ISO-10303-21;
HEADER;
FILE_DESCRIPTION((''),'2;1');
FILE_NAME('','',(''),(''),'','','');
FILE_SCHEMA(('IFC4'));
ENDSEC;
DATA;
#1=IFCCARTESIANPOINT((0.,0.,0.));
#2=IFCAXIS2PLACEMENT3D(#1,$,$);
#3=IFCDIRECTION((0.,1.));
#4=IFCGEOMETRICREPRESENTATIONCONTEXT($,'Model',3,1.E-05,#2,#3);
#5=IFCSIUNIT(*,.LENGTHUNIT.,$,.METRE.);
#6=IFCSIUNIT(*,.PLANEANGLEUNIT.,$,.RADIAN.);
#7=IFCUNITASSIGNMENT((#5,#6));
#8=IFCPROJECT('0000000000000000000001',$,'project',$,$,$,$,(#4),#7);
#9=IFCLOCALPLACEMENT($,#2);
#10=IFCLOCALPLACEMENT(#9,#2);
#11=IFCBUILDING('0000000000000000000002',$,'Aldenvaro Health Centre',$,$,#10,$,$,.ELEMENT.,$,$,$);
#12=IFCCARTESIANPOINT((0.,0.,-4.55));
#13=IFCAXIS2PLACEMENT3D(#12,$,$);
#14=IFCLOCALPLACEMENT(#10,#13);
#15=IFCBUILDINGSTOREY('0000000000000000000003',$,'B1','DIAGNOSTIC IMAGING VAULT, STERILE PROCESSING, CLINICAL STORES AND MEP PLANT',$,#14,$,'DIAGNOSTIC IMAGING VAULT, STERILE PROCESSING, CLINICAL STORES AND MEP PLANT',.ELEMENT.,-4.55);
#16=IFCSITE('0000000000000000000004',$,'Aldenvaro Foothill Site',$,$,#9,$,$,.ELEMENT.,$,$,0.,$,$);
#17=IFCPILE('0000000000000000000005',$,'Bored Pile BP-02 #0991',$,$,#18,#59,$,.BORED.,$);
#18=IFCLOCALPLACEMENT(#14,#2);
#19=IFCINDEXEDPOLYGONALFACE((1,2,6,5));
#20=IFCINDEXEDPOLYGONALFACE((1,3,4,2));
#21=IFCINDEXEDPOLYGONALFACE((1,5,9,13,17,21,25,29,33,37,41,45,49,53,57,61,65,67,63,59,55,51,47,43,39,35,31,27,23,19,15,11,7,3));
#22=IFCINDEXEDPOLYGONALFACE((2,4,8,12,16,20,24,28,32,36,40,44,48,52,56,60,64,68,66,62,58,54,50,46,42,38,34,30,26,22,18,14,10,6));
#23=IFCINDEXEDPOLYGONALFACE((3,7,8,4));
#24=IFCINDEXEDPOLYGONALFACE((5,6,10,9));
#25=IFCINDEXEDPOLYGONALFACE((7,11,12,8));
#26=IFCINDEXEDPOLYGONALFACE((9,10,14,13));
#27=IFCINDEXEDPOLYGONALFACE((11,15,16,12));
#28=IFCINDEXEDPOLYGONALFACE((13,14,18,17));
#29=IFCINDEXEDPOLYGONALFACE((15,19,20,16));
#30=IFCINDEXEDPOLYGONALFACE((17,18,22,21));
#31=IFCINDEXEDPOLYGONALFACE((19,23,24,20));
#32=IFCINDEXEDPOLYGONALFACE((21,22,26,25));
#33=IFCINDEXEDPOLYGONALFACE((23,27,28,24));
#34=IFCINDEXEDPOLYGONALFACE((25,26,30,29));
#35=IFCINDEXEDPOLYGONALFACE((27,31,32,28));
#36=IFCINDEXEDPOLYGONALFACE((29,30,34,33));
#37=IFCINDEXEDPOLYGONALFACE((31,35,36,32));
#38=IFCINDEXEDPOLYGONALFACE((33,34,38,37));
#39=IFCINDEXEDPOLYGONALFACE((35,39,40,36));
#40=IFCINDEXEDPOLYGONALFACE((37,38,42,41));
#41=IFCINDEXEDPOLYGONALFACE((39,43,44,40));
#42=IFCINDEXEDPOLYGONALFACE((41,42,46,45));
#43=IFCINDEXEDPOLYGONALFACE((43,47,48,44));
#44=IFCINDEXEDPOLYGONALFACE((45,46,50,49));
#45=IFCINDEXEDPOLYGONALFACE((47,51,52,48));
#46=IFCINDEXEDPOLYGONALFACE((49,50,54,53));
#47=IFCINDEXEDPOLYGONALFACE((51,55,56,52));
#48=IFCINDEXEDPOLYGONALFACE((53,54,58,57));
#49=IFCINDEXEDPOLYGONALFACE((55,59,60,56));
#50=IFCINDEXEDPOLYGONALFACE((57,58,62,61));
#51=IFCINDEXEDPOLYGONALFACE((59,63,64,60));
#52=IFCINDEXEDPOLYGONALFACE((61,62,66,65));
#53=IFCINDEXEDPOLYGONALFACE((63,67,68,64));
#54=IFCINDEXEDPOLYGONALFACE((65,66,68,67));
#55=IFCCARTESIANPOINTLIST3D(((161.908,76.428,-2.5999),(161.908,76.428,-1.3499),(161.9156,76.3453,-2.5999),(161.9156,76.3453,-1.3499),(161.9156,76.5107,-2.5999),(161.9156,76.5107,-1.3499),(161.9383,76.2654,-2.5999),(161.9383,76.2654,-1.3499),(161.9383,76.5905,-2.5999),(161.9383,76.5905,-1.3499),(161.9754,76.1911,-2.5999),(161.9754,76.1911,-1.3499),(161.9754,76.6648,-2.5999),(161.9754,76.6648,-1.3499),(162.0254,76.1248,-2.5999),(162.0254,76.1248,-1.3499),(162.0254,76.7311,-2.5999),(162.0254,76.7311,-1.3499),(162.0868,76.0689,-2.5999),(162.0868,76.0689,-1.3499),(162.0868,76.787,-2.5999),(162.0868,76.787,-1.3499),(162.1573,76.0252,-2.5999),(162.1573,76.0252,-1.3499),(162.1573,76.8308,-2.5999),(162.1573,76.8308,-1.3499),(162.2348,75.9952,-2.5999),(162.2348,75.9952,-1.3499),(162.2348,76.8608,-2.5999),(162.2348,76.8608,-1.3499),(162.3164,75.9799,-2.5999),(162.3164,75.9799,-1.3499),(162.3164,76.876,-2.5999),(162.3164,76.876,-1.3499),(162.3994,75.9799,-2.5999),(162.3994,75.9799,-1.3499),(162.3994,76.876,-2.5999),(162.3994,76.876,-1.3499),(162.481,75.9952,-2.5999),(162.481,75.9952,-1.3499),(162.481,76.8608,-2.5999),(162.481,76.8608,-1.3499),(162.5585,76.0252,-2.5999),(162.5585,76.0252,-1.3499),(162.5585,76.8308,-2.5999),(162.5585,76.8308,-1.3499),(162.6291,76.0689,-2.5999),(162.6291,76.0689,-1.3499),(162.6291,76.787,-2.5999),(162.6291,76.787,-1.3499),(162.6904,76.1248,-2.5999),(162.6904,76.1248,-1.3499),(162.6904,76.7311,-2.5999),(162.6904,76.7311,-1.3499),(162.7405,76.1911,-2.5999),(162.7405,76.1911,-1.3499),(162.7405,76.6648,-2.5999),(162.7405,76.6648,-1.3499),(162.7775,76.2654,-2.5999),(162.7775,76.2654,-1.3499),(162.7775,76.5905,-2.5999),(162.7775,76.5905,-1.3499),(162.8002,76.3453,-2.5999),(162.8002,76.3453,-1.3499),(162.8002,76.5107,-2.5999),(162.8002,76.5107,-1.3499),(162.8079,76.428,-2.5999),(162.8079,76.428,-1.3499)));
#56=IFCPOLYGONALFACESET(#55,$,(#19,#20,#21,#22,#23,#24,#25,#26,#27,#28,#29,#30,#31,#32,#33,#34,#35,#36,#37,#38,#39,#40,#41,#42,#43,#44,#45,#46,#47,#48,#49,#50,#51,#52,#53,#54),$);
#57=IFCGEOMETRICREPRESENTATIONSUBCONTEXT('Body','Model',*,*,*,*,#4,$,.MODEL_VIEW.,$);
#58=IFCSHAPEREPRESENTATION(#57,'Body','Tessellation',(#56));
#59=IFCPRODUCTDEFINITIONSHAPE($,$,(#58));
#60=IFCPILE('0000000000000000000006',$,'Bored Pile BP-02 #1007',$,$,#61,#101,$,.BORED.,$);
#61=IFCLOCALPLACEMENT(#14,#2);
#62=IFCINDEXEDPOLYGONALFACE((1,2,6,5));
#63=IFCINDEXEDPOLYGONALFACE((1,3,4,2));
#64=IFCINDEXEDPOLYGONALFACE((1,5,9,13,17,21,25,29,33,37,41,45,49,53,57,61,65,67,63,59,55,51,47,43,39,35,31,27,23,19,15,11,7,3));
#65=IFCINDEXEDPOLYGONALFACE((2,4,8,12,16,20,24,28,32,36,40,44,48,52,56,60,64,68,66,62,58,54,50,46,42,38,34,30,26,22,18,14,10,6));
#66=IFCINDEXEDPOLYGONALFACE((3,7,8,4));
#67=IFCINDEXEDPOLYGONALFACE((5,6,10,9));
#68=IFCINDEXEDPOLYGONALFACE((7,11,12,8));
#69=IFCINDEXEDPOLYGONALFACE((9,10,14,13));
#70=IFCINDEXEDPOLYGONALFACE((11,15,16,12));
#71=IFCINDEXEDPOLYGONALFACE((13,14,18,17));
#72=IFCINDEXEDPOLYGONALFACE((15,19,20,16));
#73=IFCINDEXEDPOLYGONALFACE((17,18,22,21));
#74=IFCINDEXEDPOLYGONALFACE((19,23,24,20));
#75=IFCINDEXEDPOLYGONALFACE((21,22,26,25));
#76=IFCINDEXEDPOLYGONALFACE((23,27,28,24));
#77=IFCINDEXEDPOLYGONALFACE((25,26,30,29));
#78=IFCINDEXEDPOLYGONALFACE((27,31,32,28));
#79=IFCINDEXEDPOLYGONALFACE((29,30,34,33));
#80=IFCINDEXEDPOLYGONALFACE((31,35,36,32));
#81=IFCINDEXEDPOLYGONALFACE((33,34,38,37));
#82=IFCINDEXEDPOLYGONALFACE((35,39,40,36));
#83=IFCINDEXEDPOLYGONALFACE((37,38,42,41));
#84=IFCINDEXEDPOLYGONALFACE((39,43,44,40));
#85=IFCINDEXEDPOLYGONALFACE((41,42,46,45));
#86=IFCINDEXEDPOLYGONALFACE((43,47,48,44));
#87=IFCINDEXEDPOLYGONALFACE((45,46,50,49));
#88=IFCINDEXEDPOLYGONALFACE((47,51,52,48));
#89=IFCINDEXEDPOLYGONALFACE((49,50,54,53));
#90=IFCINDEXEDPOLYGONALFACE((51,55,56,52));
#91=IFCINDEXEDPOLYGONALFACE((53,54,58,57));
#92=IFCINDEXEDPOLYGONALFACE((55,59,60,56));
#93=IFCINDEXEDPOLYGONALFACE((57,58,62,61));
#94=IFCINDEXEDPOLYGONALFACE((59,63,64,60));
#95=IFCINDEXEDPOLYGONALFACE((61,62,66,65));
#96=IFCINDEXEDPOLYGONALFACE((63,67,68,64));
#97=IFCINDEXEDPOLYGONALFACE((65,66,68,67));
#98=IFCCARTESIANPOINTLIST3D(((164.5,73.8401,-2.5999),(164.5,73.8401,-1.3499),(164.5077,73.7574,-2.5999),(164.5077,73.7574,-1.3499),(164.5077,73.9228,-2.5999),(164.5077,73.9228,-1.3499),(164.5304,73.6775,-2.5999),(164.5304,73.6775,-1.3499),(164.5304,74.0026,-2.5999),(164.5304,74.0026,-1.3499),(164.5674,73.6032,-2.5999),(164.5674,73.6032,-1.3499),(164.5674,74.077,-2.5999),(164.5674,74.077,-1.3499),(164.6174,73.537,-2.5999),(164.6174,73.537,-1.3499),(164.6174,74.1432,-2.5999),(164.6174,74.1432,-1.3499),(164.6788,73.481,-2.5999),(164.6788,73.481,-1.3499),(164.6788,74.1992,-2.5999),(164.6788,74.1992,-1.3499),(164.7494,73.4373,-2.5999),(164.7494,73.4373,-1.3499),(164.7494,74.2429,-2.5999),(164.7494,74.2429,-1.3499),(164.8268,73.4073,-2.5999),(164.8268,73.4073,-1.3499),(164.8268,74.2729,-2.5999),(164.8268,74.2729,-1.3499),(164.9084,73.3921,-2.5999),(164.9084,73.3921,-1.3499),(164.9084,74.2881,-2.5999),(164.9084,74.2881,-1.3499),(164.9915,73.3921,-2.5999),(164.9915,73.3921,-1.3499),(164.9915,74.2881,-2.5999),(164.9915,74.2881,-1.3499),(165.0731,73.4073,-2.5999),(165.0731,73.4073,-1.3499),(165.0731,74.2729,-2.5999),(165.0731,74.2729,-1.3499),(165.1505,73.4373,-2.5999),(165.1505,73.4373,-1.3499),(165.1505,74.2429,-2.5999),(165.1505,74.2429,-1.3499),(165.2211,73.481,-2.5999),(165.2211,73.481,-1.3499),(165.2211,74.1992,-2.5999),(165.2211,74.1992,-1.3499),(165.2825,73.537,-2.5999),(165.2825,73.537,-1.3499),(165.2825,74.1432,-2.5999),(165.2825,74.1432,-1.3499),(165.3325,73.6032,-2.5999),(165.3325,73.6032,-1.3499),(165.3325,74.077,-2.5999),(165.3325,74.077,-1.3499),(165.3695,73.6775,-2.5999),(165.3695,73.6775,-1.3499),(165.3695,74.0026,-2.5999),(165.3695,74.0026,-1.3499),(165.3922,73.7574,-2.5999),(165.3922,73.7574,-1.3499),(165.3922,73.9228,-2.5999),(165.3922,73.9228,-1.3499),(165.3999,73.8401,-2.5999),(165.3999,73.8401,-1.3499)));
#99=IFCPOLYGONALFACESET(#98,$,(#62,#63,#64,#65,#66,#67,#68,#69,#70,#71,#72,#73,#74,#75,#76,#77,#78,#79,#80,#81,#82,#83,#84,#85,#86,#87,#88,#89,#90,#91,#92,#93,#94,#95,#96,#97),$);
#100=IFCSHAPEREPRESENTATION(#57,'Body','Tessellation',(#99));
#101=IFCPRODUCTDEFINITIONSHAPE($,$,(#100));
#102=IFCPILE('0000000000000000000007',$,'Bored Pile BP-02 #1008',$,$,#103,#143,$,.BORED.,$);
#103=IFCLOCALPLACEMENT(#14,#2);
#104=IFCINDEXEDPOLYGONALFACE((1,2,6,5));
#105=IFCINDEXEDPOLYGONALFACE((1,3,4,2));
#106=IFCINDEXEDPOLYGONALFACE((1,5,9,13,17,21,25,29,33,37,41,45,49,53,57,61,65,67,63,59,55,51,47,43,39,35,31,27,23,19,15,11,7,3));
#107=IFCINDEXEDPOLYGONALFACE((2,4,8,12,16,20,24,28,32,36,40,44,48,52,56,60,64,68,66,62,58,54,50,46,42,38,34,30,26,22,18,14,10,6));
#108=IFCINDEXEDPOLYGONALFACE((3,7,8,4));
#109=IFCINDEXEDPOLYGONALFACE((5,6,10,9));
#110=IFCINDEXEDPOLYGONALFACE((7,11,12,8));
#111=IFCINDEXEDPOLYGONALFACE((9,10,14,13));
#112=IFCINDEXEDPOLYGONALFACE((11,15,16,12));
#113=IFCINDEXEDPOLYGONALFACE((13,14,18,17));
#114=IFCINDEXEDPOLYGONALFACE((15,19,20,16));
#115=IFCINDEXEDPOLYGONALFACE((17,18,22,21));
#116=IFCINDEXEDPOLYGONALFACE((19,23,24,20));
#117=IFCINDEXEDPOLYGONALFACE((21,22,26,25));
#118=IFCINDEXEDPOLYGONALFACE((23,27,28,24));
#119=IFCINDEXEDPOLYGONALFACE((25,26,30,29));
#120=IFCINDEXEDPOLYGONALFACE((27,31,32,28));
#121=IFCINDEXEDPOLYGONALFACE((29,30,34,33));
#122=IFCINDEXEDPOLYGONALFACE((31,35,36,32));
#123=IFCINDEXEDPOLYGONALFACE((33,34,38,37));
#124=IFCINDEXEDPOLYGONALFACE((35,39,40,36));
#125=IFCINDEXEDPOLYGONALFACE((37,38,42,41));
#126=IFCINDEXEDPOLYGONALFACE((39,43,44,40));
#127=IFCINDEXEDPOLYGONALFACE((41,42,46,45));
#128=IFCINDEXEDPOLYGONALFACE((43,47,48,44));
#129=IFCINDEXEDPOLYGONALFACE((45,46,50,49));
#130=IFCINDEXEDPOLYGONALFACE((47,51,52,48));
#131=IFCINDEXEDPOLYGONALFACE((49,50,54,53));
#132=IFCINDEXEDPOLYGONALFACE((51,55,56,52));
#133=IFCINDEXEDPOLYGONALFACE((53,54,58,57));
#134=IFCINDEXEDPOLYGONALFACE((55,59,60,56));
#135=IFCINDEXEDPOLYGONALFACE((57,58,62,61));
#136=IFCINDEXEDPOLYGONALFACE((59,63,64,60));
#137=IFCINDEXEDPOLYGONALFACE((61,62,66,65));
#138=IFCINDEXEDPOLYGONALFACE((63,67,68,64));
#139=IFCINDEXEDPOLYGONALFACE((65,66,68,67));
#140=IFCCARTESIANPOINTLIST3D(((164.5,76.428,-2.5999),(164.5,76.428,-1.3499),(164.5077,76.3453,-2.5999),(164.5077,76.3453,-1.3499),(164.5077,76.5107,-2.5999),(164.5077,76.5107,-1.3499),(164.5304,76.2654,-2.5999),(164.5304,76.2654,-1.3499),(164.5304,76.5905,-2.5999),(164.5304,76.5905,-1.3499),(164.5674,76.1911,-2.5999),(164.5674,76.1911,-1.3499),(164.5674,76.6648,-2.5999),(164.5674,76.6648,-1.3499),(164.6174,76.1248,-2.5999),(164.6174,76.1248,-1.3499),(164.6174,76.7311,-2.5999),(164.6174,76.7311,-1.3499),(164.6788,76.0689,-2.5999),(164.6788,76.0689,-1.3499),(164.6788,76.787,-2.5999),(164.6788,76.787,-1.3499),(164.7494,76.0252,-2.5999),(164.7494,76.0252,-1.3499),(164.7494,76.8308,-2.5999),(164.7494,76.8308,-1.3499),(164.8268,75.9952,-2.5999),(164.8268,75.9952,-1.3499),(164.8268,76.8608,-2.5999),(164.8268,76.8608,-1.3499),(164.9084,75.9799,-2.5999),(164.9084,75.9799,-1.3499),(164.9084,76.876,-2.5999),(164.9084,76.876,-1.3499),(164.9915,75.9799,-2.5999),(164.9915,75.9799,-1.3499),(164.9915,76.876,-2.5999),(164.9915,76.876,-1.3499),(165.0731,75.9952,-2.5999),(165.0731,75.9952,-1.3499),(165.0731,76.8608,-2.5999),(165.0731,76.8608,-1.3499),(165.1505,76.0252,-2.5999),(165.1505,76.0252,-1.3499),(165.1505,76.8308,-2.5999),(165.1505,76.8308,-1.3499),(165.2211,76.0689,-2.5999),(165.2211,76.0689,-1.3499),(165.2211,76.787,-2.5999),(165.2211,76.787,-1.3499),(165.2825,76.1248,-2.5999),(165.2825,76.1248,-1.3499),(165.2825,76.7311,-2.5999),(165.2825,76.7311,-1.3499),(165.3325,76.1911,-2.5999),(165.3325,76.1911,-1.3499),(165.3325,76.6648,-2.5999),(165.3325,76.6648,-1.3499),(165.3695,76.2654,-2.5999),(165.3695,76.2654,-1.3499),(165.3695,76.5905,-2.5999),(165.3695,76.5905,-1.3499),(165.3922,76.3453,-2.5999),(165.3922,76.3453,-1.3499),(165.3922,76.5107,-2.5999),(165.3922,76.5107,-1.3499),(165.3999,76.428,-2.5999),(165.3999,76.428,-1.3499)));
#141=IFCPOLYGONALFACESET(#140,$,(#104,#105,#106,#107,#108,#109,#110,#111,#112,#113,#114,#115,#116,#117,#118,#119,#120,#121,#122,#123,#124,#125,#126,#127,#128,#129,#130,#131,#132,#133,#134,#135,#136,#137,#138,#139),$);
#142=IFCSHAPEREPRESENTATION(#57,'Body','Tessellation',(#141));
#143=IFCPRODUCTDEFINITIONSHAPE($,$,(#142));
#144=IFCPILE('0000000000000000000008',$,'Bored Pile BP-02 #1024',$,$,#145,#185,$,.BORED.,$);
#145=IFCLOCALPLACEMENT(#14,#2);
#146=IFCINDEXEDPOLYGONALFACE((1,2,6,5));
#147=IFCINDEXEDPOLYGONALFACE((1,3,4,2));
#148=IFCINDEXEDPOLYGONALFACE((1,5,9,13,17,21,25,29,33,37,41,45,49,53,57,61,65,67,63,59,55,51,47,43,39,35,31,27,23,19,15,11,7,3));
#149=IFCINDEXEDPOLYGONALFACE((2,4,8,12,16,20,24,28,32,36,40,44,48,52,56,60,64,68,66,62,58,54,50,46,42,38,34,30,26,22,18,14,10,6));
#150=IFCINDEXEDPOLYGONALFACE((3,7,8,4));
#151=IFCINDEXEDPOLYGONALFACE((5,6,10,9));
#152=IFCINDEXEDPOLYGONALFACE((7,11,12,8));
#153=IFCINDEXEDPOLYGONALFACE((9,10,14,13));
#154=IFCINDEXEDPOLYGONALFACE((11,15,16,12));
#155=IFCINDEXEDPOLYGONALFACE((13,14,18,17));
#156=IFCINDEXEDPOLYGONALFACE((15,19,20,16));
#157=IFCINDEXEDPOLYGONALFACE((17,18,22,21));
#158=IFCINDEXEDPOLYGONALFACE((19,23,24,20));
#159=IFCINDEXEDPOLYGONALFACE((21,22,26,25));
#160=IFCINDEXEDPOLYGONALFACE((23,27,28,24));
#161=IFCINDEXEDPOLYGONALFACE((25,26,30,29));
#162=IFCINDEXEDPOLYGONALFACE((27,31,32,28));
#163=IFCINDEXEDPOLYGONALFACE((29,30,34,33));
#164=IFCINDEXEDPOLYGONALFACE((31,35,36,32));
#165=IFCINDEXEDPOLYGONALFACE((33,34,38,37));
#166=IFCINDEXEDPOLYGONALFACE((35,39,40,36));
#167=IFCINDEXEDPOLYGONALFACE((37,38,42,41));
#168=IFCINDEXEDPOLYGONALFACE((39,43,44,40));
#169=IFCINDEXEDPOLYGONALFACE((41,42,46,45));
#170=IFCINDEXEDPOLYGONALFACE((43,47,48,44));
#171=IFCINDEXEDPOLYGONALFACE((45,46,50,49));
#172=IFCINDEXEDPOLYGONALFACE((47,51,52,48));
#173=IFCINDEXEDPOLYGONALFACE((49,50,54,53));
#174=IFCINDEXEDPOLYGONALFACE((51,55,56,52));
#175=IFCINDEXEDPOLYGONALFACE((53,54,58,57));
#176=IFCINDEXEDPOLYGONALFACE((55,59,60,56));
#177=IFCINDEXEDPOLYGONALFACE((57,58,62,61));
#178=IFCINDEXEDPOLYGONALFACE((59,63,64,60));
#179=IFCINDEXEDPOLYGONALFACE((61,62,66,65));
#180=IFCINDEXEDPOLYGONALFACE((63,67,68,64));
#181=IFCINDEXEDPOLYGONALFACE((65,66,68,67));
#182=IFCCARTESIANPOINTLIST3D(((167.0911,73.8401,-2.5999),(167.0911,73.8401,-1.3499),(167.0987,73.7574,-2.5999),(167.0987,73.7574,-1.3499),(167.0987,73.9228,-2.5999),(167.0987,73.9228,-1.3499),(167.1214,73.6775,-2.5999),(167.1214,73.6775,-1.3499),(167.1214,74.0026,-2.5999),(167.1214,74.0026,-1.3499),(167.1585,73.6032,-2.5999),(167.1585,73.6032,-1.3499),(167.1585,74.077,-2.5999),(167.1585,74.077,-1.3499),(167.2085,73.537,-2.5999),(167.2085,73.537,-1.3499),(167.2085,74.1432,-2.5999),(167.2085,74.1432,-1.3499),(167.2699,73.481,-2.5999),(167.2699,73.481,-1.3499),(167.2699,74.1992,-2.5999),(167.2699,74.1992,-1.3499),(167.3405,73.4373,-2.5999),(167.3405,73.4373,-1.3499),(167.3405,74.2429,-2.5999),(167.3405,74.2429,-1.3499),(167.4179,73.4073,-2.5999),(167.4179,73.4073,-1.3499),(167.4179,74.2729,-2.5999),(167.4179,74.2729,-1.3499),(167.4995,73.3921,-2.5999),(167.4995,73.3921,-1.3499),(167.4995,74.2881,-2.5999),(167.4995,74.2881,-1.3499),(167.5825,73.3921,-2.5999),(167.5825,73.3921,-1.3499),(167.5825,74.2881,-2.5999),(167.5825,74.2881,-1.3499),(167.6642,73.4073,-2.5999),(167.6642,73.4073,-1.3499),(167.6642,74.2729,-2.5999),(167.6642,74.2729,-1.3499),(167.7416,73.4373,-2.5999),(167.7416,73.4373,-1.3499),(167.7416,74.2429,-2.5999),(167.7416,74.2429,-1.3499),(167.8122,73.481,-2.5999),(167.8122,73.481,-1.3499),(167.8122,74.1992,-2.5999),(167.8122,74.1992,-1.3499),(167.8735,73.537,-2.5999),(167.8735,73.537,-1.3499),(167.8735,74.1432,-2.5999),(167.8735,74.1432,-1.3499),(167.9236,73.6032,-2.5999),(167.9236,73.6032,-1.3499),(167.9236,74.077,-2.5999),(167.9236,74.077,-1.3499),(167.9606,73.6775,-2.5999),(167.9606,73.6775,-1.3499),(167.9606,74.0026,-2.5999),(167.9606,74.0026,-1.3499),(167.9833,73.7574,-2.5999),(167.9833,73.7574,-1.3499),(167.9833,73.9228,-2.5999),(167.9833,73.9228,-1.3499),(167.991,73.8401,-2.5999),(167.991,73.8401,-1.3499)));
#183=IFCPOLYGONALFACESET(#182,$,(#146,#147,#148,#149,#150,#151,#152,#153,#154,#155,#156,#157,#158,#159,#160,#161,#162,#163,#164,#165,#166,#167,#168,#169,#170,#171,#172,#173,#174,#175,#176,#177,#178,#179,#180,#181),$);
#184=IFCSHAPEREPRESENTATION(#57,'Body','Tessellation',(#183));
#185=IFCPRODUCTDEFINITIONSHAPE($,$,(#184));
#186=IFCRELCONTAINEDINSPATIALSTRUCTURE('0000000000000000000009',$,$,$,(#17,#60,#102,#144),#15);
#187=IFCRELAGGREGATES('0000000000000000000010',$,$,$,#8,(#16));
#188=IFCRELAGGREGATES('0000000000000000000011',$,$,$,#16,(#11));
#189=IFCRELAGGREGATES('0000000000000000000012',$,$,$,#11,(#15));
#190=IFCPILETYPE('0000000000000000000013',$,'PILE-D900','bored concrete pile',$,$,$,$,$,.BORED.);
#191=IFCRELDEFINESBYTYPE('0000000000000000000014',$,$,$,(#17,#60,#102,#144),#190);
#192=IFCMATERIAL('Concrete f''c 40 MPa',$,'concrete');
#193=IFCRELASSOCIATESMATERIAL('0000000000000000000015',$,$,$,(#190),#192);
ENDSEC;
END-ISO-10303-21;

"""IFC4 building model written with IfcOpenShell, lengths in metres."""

from ifc_helpers import new_model, si_unit, direction, frame, origin, origin_2d, place, context, subcontext, project, spatial, circle, extrude, material, material_profile, profile_set, type_object, element, save


model = new_model("IFC4")

# Units and contexts
model_context = context("Model", 3, precision=1e-05, world=origin(), true_north=direction((0.0, 1.0)))
body_context = subcontext(model_context, "Body", "Model", "MODEL_VIEW")
ifc_project = project(units=[si_unit("LENGTHUNIT", "METRE"), si_unit("PLANEANGLEUNIT", "RADIAN")], contexts=[model_context])

# Site, building, storey
site_placement = place(None, origin())
site = spatial("IfcSite", under=ifc_project, at=site_placement, Name="Aldenvaro Foothill Site", CompositionType="ELEMENT", RefElevation=0.0)
building_placement = place(site_placement, origin())
building = spatial("IfcBuilding", under=site, at=building_placement, Name="Aldenvaro Health Centre", CompositionType="ELEMENT")
storey_placement = place(building_placement, frame((0.0, 0.0, -4.55)))
storey = spatial("IfcBuildingStorey", under=building, at=storey_placement, Name="B1", Description="DIAGNOSTIC IMAGING VAULT, STERILE PROCESSING, CLINICAL STORES AND MEP PLANT", LongName="DIAGNOSTIC IMAGING VAULT, STERILE PROCESSING, CLINICAL STORES AND MEP PLANT", CompositionType="ELEMENT", Elevation=-4.55)

# Piles
ifc_material_1 = material(Name="Concrete f'c 40 MPa", Category="concrete")
ifc_material_profile_1 = material_profile(ifc_material_1, circle(Radius=0.45, at=origin_2d()), Name="PILE D900", Category="concrete")
ifc_profile_set_1 = profile_set([ifc_material_profile_1], Name="Concrete f'c 40 MPa")
pile_type = type_object("IfcPileType", Name="PILE-D900", Description="bored concrete pile", PredefinedType="BORED", material=ifc_profile_set_1)
for number, where, z_axis, x_axis, name in (
    (1, (162.3579, 76.428, -1.3499), (0.0, 0.0, -1.0), (1.0, 0.0, 0.0), "Bored Pile BP-02 #0991"),
    (2, (164.95, 73.8401, -1.3499), (0.0, 0.0, -1.0), (1.0, 0.0, 0.0), "Bored Pile BP-02 #1007"),
    (3, (164.95, 76.428, -1.3499), (0.0, 0.0, -1.0), (1.0, 0.0, 0.0), "Bored Pile BP-02 #1008"),
    (4, (167.541, 73.8401, -1.3499), (0.0, 0.0, -1.0), (1.0, 0.0, 0.0), "Bored Pile BP-02 #1024"),
):
    element("IfcPile", number, at=place(storey_placement, frame(where, z_axis=z_axis, x_axis=x_axis)), inside=storey, type_object=pile_type, Name=name, PredefinedType="BORED", context=body_context, shape_type="SweptSolid", body=[
        extrude(circle(Radius=0.45, at=origin_2d()), origin(), (0.0, 0.0, 1.0), 1.25),
    ])

save(model, "model.ifc")
